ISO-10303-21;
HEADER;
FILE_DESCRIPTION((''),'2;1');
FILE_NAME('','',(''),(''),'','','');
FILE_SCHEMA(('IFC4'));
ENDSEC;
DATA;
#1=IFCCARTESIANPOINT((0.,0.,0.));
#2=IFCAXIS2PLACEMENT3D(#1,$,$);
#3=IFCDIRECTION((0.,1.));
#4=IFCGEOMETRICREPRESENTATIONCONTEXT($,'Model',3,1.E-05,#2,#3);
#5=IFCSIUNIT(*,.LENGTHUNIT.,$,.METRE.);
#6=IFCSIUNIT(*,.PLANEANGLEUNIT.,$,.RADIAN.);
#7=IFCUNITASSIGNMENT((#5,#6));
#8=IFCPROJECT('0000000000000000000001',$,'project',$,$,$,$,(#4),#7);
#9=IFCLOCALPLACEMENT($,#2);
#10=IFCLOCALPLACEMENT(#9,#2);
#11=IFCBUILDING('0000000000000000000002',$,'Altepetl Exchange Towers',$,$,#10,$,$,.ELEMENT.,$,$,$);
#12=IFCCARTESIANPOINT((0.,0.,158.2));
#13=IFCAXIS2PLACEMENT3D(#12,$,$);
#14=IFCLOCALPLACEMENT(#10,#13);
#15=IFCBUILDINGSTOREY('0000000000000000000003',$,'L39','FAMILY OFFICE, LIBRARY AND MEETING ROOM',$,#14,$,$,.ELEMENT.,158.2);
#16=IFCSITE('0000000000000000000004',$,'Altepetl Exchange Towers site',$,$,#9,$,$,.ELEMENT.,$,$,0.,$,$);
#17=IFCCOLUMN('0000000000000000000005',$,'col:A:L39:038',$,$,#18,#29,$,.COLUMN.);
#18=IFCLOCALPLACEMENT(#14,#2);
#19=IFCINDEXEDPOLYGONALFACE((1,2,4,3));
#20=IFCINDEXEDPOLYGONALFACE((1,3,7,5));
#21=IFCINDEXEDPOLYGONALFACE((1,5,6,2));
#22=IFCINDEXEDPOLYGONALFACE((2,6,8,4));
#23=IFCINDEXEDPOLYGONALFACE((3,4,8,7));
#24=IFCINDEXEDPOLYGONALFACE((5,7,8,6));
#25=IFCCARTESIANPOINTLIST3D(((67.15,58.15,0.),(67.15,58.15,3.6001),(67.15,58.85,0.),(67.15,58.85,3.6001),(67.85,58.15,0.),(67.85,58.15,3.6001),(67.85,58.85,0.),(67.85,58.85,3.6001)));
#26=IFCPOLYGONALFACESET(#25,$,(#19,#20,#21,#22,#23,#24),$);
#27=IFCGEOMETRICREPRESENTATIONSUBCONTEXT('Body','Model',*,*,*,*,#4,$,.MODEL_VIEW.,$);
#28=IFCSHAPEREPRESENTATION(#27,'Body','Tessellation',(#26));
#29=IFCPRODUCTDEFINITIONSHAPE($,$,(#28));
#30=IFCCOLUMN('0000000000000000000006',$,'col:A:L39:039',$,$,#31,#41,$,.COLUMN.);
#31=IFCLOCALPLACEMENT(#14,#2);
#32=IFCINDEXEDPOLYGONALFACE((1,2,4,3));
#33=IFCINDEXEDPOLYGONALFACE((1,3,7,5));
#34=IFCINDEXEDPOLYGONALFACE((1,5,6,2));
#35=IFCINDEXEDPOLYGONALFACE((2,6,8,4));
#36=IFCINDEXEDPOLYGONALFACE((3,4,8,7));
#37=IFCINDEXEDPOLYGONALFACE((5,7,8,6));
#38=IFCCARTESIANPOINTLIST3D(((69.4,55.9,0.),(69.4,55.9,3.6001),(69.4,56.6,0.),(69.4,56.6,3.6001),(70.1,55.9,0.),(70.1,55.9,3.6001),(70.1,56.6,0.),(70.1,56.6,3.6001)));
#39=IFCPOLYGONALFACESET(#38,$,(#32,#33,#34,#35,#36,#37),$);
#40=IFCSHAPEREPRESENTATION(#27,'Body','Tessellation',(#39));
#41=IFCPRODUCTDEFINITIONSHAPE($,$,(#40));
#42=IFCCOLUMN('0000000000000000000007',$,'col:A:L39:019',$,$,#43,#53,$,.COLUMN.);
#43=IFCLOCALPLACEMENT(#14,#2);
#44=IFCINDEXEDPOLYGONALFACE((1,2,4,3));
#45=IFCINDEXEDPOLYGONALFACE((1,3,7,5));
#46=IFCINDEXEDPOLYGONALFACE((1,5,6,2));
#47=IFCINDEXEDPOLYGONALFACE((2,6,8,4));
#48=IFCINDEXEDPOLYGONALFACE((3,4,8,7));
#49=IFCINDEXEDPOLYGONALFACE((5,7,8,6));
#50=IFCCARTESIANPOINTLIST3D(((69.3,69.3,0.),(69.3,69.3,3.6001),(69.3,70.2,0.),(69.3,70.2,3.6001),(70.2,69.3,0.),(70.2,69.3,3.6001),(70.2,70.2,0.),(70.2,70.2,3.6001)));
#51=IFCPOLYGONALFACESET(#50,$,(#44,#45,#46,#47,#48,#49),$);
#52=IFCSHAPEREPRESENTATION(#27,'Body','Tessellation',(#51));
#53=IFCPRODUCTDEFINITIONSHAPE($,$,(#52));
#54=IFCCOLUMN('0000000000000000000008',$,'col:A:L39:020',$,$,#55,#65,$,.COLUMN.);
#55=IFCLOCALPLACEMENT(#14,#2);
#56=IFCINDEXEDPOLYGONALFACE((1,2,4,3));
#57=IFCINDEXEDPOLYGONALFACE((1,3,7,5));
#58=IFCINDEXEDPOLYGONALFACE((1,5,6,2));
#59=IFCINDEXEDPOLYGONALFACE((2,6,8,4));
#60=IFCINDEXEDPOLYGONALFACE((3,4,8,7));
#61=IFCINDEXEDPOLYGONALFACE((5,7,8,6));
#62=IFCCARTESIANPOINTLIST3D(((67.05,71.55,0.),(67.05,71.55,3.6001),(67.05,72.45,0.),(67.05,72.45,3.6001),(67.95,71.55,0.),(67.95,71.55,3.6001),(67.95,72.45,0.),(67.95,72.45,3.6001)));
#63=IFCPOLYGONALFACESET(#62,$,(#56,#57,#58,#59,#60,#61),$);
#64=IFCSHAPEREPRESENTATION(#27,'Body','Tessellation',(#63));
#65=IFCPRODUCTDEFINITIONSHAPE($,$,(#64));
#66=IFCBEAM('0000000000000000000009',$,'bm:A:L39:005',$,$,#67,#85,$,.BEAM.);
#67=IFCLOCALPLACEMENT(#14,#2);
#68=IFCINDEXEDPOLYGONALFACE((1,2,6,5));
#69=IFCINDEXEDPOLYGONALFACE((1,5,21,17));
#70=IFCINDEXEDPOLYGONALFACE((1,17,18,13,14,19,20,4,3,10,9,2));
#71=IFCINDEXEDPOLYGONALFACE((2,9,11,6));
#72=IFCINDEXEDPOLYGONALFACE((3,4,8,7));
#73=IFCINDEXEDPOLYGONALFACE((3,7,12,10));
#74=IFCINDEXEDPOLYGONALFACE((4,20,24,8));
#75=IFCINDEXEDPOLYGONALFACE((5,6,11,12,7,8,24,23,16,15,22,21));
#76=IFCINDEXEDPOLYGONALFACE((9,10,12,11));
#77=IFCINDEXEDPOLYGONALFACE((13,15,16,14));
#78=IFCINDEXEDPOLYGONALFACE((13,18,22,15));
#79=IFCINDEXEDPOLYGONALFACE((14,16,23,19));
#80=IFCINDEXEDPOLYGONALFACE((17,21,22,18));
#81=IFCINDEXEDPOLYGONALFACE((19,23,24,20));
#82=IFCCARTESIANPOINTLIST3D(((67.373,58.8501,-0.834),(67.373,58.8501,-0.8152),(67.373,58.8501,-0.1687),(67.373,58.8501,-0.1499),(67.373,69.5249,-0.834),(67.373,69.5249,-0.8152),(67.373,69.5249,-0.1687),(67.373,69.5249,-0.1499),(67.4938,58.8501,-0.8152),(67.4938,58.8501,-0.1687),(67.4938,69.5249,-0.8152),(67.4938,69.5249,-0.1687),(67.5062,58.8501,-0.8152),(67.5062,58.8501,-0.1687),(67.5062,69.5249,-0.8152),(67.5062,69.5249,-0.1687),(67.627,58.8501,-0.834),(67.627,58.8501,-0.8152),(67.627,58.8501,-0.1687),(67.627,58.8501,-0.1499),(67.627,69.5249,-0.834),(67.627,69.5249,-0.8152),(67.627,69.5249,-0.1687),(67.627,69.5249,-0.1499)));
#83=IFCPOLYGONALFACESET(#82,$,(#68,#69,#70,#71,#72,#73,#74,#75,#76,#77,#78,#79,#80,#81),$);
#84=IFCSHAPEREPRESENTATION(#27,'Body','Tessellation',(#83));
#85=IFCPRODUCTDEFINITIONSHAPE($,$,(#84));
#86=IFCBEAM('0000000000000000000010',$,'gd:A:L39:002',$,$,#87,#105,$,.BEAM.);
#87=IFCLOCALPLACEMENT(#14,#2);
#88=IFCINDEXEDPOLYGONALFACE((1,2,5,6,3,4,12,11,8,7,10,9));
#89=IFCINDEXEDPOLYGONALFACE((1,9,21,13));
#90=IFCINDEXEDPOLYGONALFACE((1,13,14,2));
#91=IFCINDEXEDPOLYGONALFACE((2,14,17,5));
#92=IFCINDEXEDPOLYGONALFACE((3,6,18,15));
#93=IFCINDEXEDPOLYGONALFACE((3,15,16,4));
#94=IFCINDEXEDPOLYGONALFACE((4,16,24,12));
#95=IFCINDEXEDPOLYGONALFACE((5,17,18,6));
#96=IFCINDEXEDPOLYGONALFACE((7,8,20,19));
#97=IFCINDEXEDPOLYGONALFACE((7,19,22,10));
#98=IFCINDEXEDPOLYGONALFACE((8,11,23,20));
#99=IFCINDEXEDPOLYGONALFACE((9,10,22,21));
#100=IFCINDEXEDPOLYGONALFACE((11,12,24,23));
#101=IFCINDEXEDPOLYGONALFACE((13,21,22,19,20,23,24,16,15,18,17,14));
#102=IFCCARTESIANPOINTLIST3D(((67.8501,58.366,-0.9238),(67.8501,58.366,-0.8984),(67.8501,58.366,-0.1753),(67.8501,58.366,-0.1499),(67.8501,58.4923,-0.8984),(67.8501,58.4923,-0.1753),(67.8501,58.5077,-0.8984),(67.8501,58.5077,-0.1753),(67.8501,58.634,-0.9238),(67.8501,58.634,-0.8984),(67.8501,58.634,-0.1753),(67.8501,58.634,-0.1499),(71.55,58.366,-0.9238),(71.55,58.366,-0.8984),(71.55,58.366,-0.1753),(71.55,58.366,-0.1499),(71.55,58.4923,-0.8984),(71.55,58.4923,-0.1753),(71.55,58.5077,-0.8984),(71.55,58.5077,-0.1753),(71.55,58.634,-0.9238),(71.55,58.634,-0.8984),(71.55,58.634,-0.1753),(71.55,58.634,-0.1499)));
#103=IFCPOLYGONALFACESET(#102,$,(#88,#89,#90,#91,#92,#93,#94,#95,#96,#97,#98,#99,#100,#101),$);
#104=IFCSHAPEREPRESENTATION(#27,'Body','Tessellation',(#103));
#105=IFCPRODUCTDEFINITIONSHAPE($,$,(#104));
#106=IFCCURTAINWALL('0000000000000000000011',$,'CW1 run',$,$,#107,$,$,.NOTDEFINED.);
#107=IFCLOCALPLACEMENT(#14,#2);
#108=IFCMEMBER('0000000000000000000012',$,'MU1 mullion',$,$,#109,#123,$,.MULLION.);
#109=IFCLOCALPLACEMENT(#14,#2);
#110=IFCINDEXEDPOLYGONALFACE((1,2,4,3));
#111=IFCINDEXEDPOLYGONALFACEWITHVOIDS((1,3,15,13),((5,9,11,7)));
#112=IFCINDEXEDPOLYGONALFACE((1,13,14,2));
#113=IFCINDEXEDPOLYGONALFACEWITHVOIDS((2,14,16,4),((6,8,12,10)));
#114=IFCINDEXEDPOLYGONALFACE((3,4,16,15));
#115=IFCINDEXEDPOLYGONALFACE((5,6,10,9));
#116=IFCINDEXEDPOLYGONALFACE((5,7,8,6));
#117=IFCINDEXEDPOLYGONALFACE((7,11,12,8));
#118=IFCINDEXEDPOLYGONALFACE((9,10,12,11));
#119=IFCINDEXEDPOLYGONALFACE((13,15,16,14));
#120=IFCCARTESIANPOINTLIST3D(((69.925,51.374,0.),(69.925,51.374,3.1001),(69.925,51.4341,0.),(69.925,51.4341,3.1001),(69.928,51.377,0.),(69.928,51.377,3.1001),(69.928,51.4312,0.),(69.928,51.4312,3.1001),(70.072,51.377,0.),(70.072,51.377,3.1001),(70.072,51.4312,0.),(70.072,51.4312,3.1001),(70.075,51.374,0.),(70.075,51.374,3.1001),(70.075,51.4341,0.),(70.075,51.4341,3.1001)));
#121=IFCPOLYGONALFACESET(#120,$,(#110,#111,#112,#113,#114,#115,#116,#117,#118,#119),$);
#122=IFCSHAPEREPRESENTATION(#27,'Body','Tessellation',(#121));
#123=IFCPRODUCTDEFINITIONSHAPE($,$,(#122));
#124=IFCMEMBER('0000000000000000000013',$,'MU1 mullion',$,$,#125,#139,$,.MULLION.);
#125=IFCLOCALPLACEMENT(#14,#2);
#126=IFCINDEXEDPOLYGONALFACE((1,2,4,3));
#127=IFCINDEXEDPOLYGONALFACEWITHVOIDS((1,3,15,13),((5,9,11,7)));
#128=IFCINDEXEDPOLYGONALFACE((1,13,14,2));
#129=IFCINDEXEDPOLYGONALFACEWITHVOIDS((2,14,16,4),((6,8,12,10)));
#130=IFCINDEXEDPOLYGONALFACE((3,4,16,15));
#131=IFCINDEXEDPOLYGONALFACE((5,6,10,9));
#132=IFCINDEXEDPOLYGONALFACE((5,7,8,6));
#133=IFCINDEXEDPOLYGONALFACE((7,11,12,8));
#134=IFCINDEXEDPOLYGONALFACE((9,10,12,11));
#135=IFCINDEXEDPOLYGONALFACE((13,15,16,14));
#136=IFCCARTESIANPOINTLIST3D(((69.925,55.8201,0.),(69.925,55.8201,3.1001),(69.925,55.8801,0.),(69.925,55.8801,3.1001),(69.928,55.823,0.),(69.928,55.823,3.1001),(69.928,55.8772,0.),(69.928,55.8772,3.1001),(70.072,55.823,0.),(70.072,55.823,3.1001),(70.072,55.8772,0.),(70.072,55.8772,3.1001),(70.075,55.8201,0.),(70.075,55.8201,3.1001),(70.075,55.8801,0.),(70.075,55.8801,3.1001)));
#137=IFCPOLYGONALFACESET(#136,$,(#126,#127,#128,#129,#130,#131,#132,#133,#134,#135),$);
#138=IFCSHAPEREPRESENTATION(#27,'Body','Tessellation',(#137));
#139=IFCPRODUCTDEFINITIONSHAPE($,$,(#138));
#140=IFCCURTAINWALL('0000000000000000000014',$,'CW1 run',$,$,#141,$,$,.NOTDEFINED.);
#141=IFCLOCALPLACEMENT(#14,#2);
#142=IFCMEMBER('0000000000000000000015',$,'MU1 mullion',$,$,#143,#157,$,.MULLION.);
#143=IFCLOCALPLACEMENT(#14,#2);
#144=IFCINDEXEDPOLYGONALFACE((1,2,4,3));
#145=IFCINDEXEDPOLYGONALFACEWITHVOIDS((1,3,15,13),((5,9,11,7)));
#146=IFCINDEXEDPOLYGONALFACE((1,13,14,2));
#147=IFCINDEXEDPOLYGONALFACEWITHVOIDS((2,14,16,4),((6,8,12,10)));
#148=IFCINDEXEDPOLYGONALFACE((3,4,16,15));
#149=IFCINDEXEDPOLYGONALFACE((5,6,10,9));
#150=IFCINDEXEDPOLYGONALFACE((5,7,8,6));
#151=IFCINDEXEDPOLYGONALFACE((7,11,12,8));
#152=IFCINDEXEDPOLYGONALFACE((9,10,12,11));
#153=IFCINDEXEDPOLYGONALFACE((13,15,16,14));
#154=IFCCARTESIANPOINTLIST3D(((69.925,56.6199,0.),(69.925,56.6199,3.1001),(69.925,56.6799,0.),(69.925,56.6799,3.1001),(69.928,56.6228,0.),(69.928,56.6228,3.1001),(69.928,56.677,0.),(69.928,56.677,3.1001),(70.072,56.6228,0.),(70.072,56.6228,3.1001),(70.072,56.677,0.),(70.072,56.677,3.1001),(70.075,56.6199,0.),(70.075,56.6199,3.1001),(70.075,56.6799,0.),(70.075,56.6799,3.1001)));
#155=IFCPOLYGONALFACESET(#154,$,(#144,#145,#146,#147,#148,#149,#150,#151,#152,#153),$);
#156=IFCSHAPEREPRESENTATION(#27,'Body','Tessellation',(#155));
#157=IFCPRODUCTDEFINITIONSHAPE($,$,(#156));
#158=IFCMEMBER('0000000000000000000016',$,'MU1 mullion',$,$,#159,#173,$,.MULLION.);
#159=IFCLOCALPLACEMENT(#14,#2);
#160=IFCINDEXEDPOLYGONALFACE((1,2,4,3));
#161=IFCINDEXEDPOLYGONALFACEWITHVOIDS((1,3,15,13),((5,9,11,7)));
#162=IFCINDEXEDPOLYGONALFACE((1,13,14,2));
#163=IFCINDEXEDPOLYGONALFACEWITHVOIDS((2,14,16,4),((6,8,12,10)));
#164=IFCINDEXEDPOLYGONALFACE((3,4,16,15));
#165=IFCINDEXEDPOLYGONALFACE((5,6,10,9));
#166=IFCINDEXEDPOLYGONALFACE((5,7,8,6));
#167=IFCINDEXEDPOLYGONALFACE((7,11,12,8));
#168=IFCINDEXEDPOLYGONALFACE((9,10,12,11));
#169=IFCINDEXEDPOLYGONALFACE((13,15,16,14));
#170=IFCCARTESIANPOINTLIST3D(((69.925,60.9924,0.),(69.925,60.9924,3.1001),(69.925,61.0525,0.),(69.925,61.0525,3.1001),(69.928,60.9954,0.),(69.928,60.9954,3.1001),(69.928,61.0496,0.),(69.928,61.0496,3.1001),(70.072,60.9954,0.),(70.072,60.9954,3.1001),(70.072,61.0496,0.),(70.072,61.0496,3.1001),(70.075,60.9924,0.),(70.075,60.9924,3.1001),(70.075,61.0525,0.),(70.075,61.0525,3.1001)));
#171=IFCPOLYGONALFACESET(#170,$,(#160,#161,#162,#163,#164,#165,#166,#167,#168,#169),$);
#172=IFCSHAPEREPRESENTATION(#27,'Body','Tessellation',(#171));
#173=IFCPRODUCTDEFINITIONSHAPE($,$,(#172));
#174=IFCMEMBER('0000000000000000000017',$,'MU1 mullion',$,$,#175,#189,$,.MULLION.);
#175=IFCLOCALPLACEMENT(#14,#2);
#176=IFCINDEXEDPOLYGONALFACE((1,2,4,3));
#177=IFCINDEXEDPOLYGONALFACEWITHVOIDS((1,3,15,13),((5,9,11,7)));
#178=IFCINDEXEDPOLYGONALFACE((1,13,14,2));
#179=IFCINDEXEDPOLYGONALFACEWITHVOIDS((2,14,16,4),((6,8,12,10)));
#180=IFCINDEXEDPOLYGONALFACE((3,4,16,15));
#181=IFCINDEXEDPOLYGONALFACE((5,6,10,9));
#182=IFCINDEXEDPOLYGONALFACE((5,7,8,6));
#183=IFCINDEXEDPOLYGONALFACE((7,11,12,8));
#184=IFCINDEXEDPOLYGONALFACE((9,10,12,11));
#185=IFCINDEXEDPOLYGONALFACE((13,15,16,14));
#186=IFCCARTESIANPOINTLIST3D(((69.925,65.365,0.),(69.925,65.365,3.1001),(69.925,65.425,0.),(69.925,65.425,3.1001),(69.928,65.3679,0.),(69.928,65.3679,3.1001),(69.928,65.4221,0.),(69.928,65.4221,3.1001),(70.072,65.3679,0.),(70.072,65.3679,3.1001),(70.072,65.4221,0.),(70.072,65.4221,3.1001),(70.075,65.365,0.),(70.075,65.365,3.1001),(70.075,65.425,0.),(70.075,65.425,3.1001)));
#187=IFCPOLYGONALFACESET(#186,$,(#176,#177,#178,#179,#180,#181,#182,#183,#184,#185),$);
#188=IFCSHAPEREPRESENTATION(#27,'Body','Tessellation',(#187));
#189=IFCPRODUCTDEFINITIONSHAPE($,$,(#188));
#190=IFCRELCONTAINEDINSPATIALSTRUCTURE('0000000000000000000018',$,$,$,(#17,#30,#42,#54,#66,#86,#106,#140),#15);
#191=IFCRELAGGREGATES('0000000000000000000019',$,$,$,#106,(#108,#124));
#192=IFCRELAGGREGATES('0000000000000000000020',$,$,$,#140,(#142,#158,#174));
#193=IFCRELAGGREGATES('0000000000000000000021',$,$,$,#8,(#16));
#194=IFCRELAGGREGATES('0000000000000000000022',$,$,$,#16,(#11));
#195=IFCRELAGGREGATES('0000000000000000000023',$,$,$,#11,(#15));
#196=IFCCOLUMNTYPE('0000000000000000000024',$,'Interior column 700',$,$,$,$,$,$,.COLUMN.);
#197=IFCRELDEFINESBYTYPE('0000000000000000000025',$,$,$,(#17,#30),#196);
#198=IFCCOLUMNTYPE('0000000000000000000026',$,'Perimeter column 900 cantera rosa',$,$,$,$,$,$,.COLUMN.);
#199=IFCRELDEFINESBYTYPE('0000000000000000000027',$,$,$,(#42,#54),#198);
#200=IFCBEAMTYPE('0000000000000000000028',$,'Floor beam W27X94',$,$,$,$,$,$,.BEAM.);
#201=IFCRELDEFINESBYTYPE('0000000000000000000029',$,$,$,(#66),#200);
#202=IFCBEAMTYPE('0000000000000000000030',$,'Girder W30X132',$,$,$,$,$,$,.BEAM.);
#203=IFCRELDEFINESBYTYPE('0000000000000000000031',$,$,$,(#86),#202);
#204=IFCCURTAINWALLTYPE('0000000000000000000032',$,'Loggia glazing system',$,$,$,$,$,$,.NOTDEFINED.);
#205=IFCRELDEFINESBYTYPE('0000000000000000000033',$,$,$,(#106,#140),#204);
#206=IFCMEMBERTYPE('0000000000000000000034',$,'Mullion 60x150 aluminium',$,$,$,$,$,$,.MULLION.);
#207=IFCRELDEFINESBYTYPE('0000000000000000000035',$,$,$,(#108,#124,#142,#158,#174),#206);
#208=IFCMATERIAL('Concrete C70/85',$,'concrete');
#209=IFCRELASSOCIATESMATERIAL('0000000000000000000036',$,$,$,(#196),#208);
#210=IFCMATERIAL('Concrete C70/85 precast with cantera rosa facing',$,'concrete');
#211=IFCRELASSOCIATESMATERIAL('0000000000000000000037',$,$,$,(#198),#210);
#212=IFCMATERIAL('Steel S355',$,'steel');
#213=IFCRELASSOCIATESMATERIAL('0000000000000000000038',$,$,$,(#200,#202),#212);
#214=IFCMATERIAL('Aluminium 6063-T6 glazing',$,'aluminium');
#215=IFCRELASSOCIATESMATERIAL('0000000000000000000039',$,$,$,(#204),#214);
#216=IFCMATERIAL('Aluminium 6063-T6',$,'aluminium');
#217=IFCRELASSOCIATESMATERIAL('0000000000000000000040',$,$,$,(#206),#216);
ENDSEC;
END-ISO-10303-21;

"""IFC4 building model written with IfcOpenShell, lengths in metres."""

from ifc_helpers import new_model, si_unit, direction, frame, origin, origin_2d, place, context, subcontext, project, spatial, rectangle, hollow_rectangle, i_section, extrude, material, material_profile, profile_set, type_object, element, aggregate, save


model = new_model("IFC4")

# Units and contexts
model_context = context("Model", 3, precision=1e-05, world=origin(), true_north=direction((0.0, 1.0)))
body_context = subcontext(model_context, "Body", "Model", "MODEL_VIEW")
ifc_project = project(units=[si_unit("LENGTHUNIT", "METRE"), si_unit("PLANEANGLEUNIT", "RADIAN")], contexts=[model_context])

# Site, building, storey
site_placement = place(None, origin())
site = spatial("IfcSite", under=ifc_project, at=site_placement, Name="Altepetl Exchange Towers site", CompositionType="ELEMENT", RefElevation=0.0)
building_placement = place(site_placement, origin())
building = spatial("IfcBuilding", under=site, at=building_placement, Name="Altepetl Exchange Towers", CompositionType="ELEMENT")
storey_placement = place(building_placement, frame((0.0, 0.0, 158.2)))
storey = spatial("IfcBuildingStorey", under=building, at=storey_placement, Name="L39", Description="FAMILY OFFICE, LIBRARY AND MEETING ROOM", CompositionType="ELEMENT", Elevation=158.2)

# Columns
ifc_material_1 = material(Name="Concrete C70/85", Category="concrete")
ifc_material_profile_1 = material_profile(ifc_material_1, rectangle(XDim=0.7, YDim=0.7, at=origin_2d()), Name="700 x 700")
ifc_profile_set_1 = profile_set([ifc_material_profile_1], Name="Concrete C70/85")
column_type_1 = type_object("IfcColumnType", Name="Interior column 700", PredefinedType="COLUMN", material=ifc_profile_set_1)
for number, where, name in (
    (1, (67.5, 58.5, 0.0), "col:A:L39:038"),
    (2, (69.75, 56.25, 0.0), "col:A:L39:039"),
):
    element("IfcColumn", number, at=place(storey_placement, frame(where)), inside=storey, type_object=column_type_1, Name=name, PredefinedType="COLUMN", context=body_context, shape_type="SweptSolid", body=[
        extrude(rectangle(XDim=0.7, YDim=0.7, at=origin_2d()), origin(), (0.0, 0.0, 1.0), 3.6001),
    ])
ifc_material_2 = material(Name="Concrete C70/85 precast with cantera rosa facing", Category="concrete")
ifc_material_profile_2 = material_profile(ifc_material_2, rectangle(XDim=0.8999, YDim=0.8999, at=origin_2d()), Name="900 x 900")
ifc_profile_set_2 = profile_set([ifc_material_profile_2], Name="Concrete C70/85 precast with cantera rosa facing")
column_type_2 = type_object("IfcColumnType", Name="Perimeter column 900 cantera rosa", PredefinedType="COLUMN", material=ifc_profile_set_2)
for number, where, name in (
    (3, (69.75, 69.75, 0.0), "col:A:L39:019"),
    (4, (67.5, 72.0, 0.0), "col:A:L39:020"),
):
    element("IfcColumn", number, at=place(storey_placement, frame(where)), inside=storey, type_object=column_type_2, Name=name, PredefinedType="COLUMN", context=body_context, shape_type="SweptSolid", body=[
        extrude(rectangle(XDim=0.8999, YDim=0.8999, at=origin_2d()), origin(), (0.0, 0.0, 1.0), 3.6001),
    ])

# Beams
ifc_material_3 = material(Name="Steel S355", Category="steel")
ifc_material_profile_3 = material_profile(ifc_material_3, i_section(OverallWidth=0.2539, OverallDepth=0.6841, WebThickness=0.0125, FlangeThickness=0.0188, at=origin_2d()), Name="W27X94")
ifc_profile_set_3 = profile_set([ifc_material_profile_3], Name="Steel S355")
beam_type_1 = type_object("IfcBeamType", Name="Floor beam W27X94", PredefinedType="BEAM", material=ifc_profile_set_3)
beam_1_placement = place(storey_placement, frame((67.5, 58.8501, -0.4919), z_axis=(0.0, 1.0, 0.0), x_axis=(-1.0, 0.0, 0.0)))
element("IfcBeam", 5, at=beam_1_placement, inside=storey, type_object=beam_type_1, Name="bm:A:L39:005", PredefinedType="BEAM", context=body_context, shape_type="SweptSolid", body=[
    extrude(i_section(OverallWidth=0.2539, OverallDepth=0.6841, WebThickness=0.0125, FlangeThickness=0.0188, at=origin_2d()), origin(), (0.0, 0.0, 1.0), 10.6748),
])
ifc_material_profile_4 = material_profile(ifc_material_3, i_section(OverallWidth=0.2681, OverallDepth=0.7739, WebThickness=0.0154, FlangeThickness=0.0254, at=origin_2d()), Name="W30X132")
ifc_profile_set_4 = profile_set([ifc_material_profile_4], Name="Steel S355")
beam_type_2 = type_object("IfcBeamType", Name="Girder W30X132", PredefinedType="BEAM", material=ifc_profile_set_4)
beam_2_placement = place(storey_placement, frame((67.8501, 58.5, -0.5369), z_axis=(1.0, 0.0, 0.0), x_axis=(0.0, 1.0, 0.0)))
element("IfcBeam", 6, at=beam_2_placement, inside=storey, type_object=beam_type_2, Name="gd:A:L39:002", PredefinedType="BEAM", context=body_context, shape_type="SweptSolid", body=[
    extrude(i_section(OverallWidth=0.2681, OverallDepth=0.7739, WebThickness=0.0154, FlangeThickness=0.0254, at=origin_2d()), origin(), (0.0, 0.0, 1.0), 3.7),
])

# Curtain walls, members
ifc_material_4 = material(Name="Aluminium 6063-T6 glazing", Category="aluminium")
curtain_wall_type = type_object("IfcCurtainWallType", Name="Loggia glazing system", PredefinedType="NOTDEFINED", material=ifc_material_4)
curtain_wall_1_placement = place(storey_placement, origin())
curtain_wall_1 = element("IfcCurtainWall", 7, at=curtain_wall_1_placement, inside=storey, type_object=curtain_wall_type, Name="CW1 run", PredefinedType="NOTDEFINED")
ifc_material_5 = material(Name="Aluminium 6063-T6", Category="aluminium")
ifc_material_profile_5 = material_profile(ifc_material_5, hollow_rectangle(XDim=0.0601, YDim=0.1499, WallThickness=0.0029, at=origin_2d()), Name="Mullion 60x150 aluminium")
ifc_profile_set_5 = profile_set([ifc_material_profile_5], Name="Aluminium 6063-T6")
member_type = type_object("IfcMemberType", Name="Mullion 60x150 aluminium", PredefinedType="MULLION", material=ifc_profile_set_5)
member_1_placement = place(storey_placement, frame((70.0, 51.4041, 0.0), z_axis=(0.0, 0.0, 1.0), x_axis=(0.0, 1.0, 0.0)))
member_1 = element("IfcMember", 8, at=member_1_placement, type_object=member_type, Name="MU1 mullion", PredefinedType="MULLION", context=body_context, shape_type="SweptSolid", body=[
    extrude(hollow_rectangle(XDim=0.0601, YDim=0.1499, WallThickness=0.0029, at=origin_2d()), origin(), (0.0, 0.0, 1.0), 3.1001),
])
member_2_placement = place(storey_placement, frame((70.0, 55.8501, 0.0), z_axis=(0.0, 0.0, 1.0), x_axis=(0.0, 1.0, 0.0)))
member_2 = element("IfcMember", 9, at=member_2_placement, type_object=member_type, Name="MU1 mullion", PredefinedType="MULLION", context=body_context, shape_type="SweptSolid", body=[
    extrude(hollow_rectangle(XDim=0.0601, YDim=0.1499, WallThickness=0.0029, at=origin_2d()), origin(), (0.0, 0.0, 1.0), 3.1001),
])
curtain_wall_2_placement = place(storey_placement, origin())
curtain_wall_2 = element("IfcCurtainWall", 10, at=curtain_wall_2_placement, inside=storey, type_object=curtain_wall_type, Name="CW1 run", PredefinedType="NOTDEFINED")
member_3_placement = place(storey_placement, frame((70.0, 56.6499, 0.0), z_axis=(0.0, 0.0, 1.0), x_axis=(0.0, 1.0, 0.0)))
member_3 = element("IfcMember", 11, at=member_3_placement, type_object=member_type, Name="MU1 mullion", PredefinedType="MULLION", context=body_context, shape_type="SweptSolid", body=[
    extrude(hollow_rectangle(XDim=0.0601, YDim=0.1499, WallThickness=0.0029, at=origin_2d()), origin(), (0.0, 0.0, 1.0), 3.1001),
])
member_4_placement = place(storey_placement, frame((70.0, 61.0225, 0.0), z_axis=(0.0, 0.0, 1.0), x_axis=(0.0, 1.0, 0.0)))
member_4 = element("IfcMember", 12, at=member_4_placement, type_object=member_type, Name="MU1 mullion", PredefinedType="MULLION", context=body_context, shape_type="SweptSolid", body=[
    extrude(hollow_rectangle(XDim=0.0601, YDim=0.1499, WallThickness=0.0029, at=origin_2d()), origin(), (0.0, 0.0, 1.0), 3.1001),
])
member_5_placement = place(storey_placement, frame((70.0, 65.395, 0.0), z_axis=(0.0, 0.0, 1.0), x_axis=(0.0, 1.0, 0.0)))
member_5 = element("IfcMember", 13, at=member_5_placement, type_object=member_type, Name="MU1 mullion", PredefinedType="MULLION", context=body_context, shape_type="SweptSolid", body=[
    extrude(hollow_rectangle(XDim=0.0601, YDim=0.1499, WallThickness=0.0029, at=origin_2d()), origin(), (0.0, 0.0, 1.0), 3.1001),
])

aggregate(curtain_wall_1, [member_1, member_2])
aggregate(curtain_wall_2, [member_3, member_4, member_5])

save(model, "model.ifc")
